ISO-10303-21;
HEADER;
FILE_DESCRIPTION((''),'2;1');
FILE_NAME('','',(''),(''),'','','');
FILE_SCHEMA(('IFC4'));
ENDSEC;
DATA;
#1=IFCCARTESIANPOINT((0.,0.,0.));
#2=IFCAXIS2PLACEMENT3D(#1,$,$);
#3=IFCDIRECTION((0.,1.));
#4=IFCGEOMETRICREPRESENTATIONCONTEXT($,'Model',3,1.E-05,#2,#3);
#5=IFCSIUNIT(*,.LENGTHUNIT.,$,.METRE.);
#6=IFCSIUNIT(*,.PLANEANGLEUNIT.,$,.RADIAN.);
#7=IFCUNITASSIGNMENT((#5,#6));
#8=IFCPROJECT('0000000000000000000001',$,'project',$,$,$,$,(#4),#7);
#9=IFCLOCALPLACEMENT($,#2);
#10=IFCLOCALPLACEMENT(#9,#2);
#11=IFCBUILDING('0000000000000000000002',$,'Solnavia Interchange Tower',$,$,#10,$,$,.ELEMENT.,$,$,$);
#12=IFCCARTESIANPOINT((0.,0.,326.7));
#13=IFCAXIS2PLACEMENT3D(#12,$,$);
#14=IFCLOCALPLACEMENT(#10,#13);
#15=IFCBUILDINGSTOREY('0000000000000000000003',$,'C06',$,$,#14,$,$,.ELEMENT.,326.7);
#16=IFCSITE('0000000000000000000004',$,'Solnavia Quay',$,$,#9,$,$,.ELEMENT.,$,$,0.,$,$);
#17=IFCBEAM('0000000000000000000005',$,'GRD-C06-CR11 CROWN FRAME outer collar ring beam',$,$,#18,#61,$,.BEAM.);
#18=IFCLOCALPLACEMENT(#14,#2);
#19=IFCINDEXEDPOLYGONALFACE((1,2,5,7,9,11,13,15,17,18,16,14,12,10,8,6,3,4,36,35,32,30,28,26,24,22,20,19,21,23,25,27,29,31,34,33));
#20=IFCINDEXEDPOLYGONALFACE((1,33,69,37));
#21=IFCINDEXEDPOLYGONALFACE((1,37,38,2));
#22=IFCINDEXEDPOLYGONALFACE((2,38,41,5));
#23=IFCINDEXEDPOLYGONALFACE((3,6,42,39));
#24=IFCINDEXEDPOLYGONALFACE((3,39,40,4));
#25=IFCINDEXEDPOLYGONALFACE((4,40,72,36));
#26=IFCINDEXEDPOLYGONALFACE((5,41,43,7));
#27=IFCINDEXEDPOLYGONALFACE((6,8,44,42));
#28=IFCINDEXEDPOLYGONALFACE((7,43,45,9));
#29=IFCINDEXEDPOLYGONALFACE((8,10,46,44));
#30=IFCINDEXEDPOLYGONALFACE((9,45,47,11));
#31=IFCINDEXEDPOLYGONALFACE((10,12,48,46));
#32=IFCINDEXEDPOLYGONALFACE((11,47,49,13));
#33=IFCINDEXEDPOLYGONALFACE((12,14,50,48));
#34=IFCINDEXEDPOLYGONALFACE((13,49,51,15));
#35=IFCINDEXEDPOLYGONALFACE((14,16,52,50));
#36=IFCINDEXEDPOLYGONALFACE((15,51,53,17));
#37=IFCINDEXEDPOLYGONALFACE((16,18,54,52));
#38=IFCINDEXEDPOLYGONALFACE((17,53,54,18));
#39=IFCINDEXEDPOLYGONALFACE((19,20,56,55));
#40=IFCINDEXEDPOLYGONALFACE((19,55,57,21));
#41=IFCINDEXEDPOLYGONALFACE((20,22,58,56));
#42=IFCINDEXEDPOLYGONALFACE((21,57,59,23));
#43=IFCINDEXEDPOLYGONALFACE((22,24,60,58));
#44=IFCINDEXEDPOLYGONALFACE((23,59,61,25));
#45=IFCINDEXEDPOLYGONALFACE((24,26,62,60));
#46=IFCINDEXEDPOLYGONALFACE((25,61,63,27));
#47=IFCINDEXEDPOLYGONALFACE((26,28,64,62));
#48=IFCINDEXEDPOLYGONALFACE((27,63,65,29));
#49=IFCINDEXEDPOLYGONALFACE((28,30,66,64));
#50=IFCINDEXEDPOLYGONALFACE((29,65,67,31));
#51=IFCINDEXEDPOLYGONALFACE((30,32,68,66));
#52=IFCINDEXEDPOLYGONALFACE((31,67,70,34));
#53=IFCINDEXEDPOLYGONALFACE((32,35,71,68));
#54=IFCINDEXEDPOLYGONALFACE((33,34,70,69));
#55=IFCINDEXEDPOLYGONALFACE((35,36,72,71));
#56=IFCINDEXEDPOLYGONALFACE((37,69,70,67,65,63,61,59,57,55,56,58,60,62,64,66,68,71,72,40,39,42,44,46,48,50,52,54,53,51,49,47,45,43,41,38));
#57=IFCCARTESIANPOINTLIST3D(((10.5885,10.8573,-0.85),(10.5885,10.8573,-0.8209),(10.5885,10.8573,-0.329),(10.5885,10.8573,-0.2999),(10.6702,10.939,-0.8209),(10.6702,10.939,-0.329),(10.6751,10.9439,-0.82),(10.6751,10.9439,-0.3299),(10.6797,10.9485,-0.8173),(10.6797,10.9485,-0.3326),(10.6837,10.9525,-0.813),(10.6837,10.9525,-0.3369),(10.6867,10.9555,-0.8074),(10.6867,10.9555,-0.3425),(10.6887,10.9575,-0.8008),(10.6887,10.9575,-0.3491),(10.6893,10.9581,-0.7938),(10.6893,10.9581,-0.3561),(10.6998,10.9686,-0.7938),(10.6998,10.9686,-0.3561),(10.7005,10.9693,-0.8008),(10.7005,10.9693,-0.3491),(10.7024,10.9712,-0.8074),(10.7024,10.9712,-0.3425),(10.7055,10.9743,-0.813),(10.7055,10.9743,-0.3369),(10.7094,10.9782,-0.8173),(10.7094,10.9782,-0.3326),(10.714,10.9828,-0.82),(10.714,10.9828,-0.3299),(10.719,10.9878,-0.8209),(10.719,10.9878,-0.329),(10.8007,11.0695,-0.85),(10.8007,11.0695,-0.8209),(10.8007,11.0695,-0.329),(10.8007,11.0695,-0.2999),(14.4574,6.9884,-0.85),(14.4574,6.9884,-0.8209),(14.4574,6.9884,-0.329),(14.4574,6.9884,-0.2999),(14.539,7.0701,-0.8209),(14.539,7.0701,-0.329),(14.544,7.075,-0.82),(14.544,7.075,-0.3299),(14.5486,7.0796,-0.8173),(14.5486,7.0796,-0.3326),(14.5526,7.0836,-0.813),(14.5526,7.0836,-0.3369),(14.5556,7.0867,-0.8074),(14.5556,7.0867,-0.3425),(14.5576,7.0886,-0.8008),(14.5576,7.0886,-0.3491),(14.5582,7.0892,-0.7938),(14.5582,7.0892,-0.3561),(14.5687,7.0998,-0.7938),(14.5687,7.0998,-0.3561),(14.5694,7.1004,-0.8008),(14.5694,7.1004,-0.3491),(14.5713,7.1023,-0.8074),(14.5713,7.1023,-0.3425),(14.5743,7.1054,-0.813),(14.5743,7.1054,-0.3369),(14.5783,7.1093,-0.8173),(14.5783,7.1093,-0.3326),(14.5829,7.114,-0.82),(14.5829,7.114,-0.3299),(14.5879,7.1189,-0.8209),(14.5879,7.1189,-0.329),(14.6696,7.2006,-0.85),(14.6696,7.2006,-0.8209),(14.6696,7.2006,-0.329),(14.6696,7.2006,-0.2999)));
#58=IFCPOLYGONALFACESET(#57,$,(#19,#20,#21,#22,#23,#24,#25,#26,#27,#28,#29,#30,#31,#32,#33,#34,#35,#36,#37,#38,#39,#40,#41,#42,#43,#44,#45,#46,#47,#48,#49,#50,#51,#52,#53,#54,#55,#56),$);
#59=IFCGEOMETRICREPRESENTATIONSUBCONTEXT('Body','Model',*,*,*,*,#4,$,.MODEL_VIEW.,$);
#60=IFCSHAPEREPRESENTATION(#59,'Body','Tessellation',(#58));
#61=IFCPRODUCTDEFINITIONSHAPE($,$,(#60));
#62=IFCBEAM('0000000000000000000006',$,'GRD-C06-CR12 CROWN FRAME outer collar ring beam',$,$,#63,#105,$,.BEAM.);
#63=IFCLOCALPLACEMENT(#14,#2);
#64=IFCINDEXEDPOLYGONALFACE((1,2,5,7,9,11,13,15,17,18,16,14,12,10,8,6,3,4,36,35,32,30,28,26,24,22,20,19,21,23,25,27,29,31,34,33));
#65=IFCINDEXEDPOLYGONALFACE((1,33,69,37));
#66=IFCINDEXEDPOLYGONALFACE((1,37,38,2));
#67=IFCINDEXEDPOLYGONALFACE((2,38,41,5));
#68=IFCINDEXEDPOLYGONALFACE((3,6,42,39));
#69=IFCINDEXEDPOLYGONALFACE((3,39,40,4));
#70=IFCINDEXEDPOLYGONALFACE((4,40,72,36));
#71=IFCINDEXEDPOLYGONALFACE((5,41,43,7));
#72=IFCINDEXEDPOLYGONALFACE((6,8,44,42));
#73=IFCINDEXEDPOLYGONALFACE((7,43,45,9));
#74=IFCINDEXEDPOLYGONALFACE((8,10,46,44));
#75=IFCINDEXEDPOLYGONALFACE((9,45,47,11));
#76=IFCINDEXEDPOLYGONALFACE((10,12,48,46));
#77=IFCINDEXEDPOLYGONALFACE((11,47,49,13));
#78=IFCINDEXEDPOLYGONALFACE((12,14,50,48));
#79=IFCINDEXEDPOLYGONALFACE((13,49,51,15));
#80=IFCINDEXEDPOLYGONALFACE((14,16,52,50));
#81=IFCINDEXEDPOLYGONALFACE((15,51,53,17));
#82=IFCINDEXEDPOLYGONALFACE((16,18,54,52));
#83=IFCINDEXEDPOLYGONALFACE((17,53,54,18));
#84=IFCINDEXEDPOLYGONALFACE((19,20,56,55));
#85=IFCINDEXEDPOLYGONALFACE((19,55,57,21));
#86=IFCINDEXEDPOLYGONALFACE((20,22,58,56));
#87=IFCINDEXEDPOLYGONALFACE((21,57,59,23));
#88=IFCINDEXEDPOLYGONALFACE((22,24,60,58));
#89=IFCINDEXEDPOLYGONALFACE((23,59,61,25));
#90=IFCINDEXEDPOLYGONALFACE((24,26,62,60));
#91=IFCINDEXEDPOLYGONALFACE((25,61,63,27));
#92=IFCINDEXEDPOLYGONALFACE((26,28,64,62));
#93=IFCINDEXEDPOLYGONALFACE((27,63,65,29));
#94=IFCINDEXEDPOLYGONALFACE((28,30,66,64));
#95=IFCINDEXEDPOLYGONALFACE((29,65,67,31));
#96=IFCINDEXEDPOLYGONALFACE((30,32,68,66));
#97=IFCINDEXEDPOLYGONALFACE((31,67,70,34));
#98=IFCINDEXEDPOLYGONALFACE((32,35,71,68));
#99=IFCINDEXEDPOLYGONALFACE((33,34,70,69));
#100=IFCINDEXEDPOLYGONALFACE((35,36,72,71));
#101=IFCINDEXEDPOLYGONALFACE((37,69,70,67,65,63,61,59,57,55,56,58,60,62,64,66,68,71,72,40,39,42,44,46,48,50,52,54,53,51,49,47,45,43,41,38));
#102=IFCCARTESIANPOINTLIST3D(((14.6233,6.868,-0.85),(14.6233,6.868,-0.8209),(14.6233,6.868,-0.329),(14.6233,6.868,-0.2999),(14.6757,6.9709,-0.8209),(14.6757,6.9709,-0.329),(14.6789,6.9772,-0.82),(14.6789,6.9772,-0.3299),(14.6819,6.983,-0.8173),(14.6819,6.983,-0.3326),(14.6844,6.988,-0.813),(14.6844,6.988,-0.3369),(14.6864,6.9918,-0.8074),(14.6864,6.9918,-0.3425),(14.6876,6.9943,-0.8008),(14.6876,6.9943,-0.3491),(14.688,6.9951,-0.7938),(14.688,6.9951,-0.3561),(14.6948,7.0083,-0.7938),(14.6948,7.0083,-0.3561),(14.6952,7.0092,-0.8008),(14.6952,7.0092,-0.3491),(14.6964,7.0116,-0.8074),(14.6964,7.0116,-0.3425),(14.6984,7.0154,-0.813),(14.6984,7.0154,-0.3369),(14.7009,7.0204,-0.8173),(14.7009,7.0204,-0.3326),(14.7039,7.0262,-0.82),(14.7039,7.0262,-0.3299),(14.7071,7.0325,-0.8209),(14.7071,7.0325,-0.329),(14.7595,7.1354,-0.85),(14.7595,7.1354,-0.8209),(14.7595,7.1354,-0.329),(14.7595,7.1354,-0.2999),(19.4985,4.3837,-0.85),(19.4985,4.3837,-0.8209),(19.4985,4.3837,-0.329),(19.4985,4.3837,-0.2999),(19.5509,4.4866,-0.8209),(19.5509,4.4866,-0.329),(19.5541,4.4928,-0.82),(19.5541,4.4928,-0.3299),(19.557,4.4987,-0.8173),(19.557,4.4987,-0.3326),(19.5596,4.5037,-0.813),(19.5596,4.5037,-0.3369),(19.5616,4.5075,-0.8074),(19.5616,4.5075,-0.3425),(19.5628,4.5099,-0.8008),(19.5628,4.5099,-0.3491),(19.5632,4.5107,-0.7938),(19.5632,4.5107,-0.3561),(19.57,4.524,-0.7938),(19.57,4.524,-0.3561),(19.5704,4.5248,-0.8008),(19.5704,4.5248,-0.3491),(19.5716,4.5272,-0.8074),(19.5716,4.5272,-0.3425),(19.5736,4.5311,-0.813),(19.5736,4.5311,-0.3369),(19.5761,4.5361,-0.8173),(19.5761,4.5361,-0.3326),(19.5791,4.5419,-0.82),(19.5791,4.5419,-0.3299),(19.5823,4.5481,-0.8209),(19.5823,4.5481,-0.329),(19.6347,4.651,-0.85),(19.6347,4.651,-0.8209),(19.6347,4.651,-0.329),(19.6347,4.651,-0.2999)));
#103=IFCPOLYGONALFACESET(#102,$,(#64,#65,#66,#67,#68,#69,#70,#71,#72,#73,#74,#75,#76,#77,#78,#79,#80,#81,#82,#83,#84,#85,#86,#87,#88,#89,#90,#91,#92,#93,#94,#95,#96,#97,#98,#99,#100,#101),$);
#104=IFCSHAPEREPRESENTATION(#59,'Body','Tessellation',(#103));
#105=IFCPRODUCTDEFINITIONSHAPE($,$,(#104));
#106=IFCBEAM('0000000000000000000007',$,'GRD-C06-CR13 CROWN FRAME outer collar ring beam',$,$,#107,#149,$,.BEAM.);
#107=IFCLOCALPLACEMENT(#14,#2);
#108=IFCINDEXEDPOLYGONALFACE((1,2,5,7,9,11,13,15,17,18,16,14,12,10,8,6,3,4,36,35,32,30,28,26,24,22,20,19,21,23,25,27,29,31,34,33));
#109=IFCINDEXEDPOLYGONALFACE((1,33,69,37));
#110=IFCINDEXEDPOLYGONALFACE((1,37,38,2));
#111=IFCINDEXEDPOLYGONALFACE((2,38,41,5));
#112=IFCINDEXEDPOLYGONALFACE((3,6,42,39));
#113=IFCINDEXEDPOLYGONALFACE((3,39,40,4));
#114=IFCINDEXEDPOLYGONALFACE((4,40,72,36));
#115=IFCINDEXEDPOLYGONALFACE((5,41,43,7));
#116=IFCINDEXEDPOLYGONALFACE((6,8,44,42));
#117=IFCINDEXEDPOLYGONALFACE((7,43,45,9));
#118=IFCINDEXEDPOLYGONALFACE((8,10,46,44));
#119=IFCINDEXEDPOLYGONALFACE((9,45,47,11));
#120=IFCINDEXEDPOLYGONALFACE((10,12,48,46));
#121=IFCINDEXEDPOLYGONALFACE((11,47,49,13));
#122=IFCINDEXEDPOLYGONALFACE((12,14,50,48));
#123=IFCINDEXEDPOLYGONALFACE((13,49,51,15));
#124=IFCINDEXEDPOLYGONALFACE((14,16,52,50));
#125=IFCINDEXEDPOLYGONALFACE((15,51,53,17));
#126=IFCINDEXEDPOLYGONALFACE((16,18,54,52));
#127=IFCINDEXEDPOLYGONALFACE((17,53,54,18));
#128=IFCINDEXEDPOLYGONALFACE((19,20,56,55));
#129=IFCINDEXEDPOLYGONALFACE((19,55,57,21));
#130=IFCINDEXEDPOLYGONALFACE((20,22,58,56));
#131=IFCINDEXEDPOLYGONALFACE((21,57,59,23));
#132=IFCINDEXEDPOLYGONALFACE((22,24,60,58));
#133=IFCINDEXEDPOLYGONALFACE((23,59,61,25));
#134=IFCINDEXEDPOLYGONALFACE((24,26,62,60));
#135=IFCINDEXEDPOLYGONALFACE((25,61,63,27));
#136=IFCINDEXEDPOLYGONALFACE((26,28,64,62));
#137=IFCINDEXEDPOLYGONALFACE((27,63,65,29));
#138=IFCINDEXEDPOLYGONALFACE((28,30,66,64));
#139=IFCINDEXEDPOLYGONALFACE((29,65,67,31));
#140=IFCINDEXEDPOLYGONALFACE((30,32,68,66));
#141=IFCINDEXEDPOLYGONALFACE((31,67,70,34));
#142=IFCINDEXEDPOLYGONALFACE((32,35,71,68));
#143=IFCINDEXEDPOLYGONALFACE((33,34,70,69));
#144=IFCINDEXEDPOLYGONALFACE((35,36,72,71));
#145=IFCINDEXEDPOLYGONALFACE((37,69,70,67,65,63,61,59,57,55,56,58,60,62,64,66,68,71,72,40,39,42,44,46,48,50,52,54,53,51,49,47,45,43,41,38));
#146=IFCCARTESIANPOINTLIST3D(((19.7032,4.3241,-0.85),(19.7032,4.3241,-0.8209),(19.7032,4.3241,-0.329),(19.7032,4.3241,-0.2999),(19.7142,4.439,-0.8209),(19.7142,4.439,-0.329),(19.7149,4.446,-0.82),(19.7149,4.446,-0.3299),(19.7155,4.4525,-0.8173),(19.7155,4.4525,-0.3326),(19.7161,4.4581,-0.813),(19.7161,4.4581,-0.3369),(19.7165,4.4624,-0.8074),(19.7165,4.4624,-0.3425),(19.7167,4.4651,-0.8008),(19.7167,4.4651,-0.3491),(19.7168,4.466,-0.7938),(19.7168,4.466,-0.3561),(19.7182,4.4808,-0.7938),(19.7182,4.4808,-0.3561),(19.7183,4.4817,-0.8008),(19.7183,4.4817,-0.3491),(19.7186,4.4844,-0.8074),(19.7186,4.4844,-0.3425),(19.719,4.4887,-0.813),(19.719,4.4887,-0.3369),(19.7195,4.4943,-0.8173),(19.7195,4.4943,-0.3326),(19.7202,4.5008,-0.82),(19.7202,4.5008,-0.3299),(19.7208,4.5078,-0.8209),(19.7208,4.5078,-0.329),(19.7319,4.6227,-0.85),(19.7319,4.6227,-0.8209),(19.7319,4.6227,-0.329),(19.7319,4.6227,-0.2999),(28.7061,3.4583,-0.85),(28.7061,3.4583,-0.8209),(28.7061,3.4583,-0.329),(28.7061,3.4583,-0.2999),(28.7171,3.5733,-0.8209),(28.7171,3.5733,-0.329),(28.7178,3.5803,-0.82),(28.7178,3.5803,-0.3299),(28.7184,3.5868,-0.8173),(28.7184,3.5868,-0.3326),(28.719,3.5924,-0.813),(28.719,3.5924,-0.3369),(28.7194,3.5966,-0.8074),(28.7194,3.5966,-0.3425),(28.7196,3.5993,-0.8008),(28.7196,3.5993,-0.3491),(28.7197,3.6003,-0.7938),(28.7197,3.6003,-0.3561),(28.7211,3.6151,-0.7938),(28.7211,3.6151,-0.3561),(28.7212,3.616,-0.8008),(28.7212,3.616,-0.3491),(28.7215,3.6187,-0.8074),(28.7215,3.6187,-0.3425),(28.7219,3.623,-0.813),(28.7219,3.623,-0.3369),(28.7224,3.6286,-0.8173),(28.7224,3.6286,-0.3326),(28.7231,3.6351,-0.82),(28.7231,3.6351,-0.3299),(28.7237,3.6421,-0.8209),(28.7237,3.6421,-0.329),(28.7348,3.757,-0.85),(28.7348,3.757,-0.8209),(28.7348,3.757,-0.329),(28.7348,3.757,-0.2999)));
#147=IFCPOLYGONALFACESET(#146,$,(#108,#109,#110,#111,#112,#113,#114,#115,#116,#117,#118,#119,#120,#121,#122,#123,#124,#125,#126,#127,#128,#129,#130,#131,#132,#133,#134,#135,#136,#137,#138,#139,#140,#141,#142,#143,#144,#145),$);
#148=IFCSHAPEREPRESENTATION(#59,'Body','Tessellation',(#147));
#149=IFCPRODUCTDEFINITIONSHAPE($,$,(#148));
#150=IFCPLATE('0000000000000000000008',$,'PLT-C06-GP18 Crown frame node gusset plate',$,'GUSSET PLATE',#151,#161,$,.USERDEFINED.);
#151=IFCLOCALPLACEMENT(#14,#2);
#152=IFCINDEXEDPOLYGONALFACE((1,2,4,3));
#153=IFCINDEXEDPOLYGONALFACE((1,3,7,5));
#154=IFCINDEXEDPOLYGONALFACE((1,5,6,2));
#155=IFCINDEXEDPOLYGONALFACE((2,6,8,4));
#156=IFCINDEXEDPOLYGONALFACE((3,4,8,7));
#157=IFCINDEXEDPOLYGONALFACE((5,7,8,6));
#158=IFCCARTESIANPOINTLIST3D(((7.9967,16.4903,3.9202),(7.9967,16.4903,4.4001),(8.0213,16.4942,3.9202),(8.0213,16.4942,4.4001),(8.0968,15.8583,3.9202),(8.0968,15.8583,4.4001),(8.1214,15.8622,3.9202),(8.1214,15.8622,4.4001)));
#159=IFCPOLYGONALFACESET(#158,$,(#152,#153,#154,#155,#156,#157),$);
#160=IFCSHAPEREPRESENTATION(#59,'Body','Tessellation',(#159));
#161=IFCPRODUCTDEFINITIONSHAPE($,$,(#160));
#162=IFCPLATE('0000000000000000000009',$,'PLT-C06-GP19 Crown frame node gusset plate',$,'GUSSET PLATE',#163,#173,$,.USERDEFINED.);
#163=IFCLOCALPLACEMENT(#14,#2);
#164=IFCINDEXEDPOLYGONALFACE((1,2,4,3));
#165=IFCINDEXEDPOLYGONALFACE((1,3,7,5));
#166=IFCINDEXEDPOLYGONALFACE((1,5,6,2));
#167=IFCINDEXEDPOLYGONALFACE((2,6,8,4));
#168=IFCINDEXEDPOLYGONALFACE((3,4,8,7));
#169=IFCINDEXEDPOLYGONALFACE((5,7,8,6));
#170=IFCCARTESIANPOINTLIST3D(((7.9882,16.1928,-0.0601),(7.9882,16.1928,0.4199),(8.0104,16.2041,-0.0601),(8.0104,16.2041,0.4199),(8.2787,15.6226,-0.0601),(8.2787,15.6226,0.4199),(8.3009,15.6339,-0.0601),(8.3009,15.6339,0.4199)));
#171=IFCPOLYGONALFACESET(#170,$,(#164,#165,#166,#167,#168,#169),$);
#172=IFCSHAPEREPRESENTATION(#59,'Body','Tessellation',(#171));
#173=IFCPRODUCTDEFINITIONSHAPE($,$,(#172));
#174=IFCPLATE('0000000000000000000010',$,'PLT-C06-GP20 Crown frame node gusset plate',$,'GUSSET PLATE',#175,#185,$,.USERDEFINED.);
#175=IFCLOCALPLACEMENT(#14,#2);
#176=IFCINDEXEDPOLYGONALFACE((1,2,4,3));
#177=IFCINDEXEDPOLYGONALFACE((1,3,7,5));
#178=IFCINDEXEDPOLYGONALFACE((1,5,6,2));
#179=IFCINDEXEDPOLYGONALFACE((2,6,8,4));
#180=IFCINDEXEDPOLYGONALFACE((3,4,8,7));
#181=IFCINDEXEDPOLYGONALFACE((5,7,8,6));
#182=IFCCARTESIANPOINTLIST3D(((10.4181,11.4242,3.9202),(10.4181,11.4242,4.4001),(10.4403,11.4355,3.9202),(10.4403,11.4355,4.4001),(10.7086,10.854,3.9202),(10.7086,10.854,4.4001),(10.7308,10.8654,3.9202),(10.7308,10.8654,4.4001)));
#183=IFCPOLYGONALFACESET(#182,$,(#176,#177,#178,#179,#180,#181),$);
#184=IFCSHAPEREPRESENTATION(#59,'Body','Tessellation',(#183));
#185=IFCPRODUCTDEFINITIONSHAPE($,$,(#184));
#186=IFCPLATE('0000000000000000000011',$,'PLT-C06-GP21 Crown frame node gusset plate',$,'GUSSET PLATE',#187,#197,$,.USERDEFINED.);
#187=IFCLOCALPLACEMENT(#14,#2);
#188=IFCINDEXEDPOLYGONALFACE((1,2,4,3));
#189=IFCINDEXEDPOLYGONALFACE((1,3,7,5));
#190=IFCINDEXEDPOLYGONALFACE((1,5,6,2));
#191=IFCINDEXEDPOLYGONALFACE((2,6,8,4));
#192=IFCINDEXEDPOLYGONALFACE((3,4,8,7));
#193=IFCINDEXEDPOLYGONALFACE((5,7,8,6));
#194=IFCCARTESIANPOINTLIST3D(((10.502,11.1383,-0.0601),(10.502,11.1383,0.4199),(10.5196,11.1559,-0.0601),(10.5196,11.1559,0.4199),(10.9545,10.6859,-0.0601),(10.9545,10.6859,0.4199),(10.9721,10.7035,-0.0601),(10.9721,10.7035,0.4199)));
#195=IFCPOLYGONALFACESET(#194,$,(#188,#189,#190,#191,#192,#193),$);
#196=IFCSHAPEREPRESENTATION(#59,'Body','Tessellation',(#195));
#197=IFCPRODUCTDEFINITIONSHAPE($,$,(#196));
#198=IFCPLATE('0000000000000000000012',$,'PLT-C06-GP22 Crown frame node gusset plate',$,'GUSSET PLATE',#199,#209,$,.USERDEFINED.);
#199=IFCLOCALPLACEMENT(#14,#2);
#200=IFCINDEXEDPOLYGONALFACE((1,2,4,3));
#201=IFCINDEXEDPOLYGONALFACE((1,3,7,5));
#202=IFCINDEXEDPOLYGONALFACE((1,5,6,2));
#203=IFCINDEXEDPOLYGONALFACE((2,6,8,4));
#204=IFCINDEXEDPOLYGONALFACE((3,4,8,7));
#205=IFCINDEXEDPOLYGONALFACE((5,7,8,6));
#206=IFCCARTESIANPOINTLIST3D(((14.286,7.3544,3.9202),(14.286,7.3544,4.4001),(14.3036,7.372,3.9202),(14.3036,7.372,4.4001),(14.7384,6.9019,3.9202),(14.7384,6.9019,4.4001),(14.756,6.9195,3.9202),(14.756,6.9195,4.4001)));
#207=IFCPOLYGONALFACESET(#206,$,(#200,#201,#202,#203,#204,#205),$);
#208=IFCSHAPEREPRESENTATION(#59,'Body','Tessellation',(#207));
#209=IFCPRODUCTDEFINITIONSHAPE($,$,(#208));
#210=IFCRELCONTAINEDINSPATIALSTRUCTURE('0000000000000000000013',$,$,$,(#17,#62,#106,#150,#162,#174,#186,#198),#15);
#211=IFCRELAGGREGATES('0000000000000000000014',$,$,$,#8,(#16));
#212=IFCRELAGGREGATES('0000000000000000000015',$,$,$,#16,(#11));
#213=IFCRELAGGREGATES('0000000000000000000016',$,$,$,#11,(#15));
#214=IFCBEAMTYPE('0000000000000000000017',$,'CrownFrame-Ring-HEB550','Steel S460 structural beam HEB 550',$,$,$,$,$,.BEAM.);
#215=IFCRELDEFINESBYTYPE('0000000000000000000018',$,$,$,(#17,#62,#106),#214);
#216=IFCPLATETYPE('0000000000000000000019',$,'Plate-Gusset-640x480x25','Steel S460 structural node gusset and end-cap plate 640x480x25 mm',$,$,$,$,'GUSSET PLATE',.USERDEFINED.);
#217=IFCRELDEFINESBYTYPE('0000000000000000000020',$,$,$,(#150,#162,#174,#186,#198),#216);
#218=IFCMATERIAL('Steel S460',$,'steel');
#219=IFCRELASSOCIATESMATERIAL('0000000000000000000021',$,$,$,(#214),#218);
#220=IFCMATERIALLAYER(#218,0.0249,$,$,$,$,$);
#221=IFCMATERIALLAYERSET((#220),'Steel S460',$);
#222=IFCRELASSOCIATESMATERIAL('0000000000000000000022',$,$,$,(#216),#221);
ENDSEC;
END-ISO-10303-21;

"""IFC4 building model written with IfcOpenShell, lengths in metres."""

from ifc_helpers import new_model, si_unit, direction, frame, origin, origin_2d, place, context, subcontext, project, spatial, rectangle, i_section, extrude, material, layer, layer_set, material_profile, profile_set, type_object, element, save


model = new_model("IFC4")

# Units and contexts
model_context = context("Model", 3, precision=1e-05, world=origin(), true_north=direction((0.0, 1.0)))
body_context = subcontext(model_context, "Body", "Model", "MODEL_VIEW")
ifc_project = project(units=[si_unit("LENGTHUNIT", "METRE"), si_unit("PLANEANGLEUNIT", "RADIAN")], contexts=[model_context])

# Site, building, storey
site_placement = place(None, origin())
site = spatial("IfcSite", under=ifc_project, at=site_placement, Name="Solnavia Quay", CompositionType="ELEMENT", RefElevation=0.0)
building_placement = place(site_placement, origin())
building = spatial("IfcBuilding", under=site, at=building_placement, Name="Solnavia Interchange Tower", CompositionType="ELEMENT")
storey_placement = place(building_placement, frame((0.0, 0.0, 326.7)))
storey = spatial("IfcBuildingStorey", under=building, at=storey_placement, Name="C06", CompositionType="ELEMENT", Elevation=326.7)

# Shared definitions
ifc_material_1 = material(Name="Steel S460", Category="steel")

# Beams
ifc_material_profile_1 = material_profile(ifc_material_1, i_section(OverallWidth=0.3, OverallDepth=0.55, WebThickness=0.0149, FlangeThickness=0.0291, FilletRadius=0.0271, at=origin_2d()), Name="HEB 550")
ifc_profile_set_1 = profile_set([ifc_material_profile_1], Name="Steel S460")
beam_type = type_object("IfcBeamType", Name="CrownFrame-Ring-HEB550", Description="Steel S460 structural beam HEB 550", PredefinedType="BEAM", material=ifc_profile_set_1)
beam_1_placement = place(storey_placement, frame((10.6946, 10.9634, -0.575), z_axis=(0.707107, -0.707107, 0.0), x_axis=(0.707107, 0.707107, 0.0)))
element("IfcBeam", 1, at=beam_1_placement, inside=storey, type_object=beam_type, Name="GRD-C06-CR11 CROWN FRAME outer collar ring beam", PredefinedType="BEAM", context=body_context, shape_type="SweptSolid", body=[
    extrude(i_section(OverallWidth=0.3, OverallDepth=0.55, WebThickness=0.0149, FlangeThickness=0.0291, FilletRadius=0.0271, at=origin_2d()), origin(), (0.0, 0.0, 1.0), 5.4714),
])
beam_2_placement = place(storey_placement, frame((14.6914, 7.0017, -0.575), z_axis=(0.890983, -0.454036, 0.0), x_axis=(0.454036, 0.890983, 0.0)))
element("IfcBeam", 2, at=beam_2_placement, inside=storey, type_object=beam_type, Name="GRD-C06-CR12 CROWN FRAME outer collar ring beam", PredefinedType="BEAM", context=body_context, shape_type="SweptSolid", body=[
    extrude(i_section(OverallWidth=0.3, OverallDepth=0.55, WebThickness=0.0149, FlangeThickness=0.0291, FilletRadius=0.0271, at=origin_2d()), origin(), (0.0, 0.0, 1.0), 5.4717),
])
beam_3_placement = place(storey_placement, frame((19.7175, 4.4734, -0.575), z_axis=(0.995408, -0.095719, 0.0), x_axis=(0.095719, 0.995408, 0.0)))
element("IfcBeam", 3, at=beam_3_placement, inside=storey, type_object=beam_type, Name="GRD-C06-CR13 CROWN FRAME outer collar ring beam", PredefinedType="BEAM", context=body_context, shape_type="SweptSolid", body=[
    extrude(i_section(OverallWidth=0.3, OverallDepth=0.55, WebThickness=0.0149, FlangeThickness=0.0291, FilletRadius=0.0271, at=origin_2d()), origin(), (0.0, 0.0, 1.0), 9.0444),
])

# Plates
ifc_layer_1 = layer(ifc_material_1, 0.0249)
ifc_layer_set_1 = layer_set([ifc_layer_1], Name="Steel S460")
plate_type = type_object("IfcPlateType", Name="Plate-Gusset-640x480x25", Description="Steel S460 structural node gusset and end-cap plate 640x480x25 mm", ElementType="GUSSET PLATE", PredefinedType="USERDEFINED", material=ifc_layer_set_1)
for number, where, z_axis, x_axis, name in (
    (4, (8.0591, 16.1763, 3.9202), (0.0, 0.0, 1.0), (0.156434, -0.987688, 0.0), "PLT-C06-GP18 Crown frame node gusset plate"),
    (5, (8.1445, 15.9133, -0.0601), (0.0, 0.0, 1.0), (0.45399, -0.891007, 0.0), "PLT-C06-GP19 Crown frame node gusset plate"),
    (6, (10.5745, 11.1448, 3.9202), (0.0, 0.0, 1.0), (0.45399, -0.891007, 0.0), "PLT-C06-GP20 Crown frame node gusset plate"),
    (7, (10.7371, 10.9209, -0.0601), (0.0, 0.0, 1.0), (0.707107, -0.707107, 0.0), "PLT-C06-GP21 Crown frame node gusset plate"),
    (8, (14.521, 7.137, 3.9202), (0.0, 0.0, 1.0), (0.707107, -0.707107, 0.0), "PLT-C06-GP22 Crown frame node gusset plate"),
):
    element("IfcPlate", number, at=place(storey_placement, frame(where, z_axis=z_axis, x_axis=x_axis)), inside=storey, type_object=plate_type, Name=name, ObjectType="GUSSET PLATE", PredefinedType="USERDEFINED", context=body_context, shape_type="SweptSolid", body=[
        extrude(rectangle(XDim=0.6399, YDim=0.0249, at=origin_2d()), origin(), (0.0, 0.0, 1.0), 0.48),
    ])

save(model, "model.ifc")
